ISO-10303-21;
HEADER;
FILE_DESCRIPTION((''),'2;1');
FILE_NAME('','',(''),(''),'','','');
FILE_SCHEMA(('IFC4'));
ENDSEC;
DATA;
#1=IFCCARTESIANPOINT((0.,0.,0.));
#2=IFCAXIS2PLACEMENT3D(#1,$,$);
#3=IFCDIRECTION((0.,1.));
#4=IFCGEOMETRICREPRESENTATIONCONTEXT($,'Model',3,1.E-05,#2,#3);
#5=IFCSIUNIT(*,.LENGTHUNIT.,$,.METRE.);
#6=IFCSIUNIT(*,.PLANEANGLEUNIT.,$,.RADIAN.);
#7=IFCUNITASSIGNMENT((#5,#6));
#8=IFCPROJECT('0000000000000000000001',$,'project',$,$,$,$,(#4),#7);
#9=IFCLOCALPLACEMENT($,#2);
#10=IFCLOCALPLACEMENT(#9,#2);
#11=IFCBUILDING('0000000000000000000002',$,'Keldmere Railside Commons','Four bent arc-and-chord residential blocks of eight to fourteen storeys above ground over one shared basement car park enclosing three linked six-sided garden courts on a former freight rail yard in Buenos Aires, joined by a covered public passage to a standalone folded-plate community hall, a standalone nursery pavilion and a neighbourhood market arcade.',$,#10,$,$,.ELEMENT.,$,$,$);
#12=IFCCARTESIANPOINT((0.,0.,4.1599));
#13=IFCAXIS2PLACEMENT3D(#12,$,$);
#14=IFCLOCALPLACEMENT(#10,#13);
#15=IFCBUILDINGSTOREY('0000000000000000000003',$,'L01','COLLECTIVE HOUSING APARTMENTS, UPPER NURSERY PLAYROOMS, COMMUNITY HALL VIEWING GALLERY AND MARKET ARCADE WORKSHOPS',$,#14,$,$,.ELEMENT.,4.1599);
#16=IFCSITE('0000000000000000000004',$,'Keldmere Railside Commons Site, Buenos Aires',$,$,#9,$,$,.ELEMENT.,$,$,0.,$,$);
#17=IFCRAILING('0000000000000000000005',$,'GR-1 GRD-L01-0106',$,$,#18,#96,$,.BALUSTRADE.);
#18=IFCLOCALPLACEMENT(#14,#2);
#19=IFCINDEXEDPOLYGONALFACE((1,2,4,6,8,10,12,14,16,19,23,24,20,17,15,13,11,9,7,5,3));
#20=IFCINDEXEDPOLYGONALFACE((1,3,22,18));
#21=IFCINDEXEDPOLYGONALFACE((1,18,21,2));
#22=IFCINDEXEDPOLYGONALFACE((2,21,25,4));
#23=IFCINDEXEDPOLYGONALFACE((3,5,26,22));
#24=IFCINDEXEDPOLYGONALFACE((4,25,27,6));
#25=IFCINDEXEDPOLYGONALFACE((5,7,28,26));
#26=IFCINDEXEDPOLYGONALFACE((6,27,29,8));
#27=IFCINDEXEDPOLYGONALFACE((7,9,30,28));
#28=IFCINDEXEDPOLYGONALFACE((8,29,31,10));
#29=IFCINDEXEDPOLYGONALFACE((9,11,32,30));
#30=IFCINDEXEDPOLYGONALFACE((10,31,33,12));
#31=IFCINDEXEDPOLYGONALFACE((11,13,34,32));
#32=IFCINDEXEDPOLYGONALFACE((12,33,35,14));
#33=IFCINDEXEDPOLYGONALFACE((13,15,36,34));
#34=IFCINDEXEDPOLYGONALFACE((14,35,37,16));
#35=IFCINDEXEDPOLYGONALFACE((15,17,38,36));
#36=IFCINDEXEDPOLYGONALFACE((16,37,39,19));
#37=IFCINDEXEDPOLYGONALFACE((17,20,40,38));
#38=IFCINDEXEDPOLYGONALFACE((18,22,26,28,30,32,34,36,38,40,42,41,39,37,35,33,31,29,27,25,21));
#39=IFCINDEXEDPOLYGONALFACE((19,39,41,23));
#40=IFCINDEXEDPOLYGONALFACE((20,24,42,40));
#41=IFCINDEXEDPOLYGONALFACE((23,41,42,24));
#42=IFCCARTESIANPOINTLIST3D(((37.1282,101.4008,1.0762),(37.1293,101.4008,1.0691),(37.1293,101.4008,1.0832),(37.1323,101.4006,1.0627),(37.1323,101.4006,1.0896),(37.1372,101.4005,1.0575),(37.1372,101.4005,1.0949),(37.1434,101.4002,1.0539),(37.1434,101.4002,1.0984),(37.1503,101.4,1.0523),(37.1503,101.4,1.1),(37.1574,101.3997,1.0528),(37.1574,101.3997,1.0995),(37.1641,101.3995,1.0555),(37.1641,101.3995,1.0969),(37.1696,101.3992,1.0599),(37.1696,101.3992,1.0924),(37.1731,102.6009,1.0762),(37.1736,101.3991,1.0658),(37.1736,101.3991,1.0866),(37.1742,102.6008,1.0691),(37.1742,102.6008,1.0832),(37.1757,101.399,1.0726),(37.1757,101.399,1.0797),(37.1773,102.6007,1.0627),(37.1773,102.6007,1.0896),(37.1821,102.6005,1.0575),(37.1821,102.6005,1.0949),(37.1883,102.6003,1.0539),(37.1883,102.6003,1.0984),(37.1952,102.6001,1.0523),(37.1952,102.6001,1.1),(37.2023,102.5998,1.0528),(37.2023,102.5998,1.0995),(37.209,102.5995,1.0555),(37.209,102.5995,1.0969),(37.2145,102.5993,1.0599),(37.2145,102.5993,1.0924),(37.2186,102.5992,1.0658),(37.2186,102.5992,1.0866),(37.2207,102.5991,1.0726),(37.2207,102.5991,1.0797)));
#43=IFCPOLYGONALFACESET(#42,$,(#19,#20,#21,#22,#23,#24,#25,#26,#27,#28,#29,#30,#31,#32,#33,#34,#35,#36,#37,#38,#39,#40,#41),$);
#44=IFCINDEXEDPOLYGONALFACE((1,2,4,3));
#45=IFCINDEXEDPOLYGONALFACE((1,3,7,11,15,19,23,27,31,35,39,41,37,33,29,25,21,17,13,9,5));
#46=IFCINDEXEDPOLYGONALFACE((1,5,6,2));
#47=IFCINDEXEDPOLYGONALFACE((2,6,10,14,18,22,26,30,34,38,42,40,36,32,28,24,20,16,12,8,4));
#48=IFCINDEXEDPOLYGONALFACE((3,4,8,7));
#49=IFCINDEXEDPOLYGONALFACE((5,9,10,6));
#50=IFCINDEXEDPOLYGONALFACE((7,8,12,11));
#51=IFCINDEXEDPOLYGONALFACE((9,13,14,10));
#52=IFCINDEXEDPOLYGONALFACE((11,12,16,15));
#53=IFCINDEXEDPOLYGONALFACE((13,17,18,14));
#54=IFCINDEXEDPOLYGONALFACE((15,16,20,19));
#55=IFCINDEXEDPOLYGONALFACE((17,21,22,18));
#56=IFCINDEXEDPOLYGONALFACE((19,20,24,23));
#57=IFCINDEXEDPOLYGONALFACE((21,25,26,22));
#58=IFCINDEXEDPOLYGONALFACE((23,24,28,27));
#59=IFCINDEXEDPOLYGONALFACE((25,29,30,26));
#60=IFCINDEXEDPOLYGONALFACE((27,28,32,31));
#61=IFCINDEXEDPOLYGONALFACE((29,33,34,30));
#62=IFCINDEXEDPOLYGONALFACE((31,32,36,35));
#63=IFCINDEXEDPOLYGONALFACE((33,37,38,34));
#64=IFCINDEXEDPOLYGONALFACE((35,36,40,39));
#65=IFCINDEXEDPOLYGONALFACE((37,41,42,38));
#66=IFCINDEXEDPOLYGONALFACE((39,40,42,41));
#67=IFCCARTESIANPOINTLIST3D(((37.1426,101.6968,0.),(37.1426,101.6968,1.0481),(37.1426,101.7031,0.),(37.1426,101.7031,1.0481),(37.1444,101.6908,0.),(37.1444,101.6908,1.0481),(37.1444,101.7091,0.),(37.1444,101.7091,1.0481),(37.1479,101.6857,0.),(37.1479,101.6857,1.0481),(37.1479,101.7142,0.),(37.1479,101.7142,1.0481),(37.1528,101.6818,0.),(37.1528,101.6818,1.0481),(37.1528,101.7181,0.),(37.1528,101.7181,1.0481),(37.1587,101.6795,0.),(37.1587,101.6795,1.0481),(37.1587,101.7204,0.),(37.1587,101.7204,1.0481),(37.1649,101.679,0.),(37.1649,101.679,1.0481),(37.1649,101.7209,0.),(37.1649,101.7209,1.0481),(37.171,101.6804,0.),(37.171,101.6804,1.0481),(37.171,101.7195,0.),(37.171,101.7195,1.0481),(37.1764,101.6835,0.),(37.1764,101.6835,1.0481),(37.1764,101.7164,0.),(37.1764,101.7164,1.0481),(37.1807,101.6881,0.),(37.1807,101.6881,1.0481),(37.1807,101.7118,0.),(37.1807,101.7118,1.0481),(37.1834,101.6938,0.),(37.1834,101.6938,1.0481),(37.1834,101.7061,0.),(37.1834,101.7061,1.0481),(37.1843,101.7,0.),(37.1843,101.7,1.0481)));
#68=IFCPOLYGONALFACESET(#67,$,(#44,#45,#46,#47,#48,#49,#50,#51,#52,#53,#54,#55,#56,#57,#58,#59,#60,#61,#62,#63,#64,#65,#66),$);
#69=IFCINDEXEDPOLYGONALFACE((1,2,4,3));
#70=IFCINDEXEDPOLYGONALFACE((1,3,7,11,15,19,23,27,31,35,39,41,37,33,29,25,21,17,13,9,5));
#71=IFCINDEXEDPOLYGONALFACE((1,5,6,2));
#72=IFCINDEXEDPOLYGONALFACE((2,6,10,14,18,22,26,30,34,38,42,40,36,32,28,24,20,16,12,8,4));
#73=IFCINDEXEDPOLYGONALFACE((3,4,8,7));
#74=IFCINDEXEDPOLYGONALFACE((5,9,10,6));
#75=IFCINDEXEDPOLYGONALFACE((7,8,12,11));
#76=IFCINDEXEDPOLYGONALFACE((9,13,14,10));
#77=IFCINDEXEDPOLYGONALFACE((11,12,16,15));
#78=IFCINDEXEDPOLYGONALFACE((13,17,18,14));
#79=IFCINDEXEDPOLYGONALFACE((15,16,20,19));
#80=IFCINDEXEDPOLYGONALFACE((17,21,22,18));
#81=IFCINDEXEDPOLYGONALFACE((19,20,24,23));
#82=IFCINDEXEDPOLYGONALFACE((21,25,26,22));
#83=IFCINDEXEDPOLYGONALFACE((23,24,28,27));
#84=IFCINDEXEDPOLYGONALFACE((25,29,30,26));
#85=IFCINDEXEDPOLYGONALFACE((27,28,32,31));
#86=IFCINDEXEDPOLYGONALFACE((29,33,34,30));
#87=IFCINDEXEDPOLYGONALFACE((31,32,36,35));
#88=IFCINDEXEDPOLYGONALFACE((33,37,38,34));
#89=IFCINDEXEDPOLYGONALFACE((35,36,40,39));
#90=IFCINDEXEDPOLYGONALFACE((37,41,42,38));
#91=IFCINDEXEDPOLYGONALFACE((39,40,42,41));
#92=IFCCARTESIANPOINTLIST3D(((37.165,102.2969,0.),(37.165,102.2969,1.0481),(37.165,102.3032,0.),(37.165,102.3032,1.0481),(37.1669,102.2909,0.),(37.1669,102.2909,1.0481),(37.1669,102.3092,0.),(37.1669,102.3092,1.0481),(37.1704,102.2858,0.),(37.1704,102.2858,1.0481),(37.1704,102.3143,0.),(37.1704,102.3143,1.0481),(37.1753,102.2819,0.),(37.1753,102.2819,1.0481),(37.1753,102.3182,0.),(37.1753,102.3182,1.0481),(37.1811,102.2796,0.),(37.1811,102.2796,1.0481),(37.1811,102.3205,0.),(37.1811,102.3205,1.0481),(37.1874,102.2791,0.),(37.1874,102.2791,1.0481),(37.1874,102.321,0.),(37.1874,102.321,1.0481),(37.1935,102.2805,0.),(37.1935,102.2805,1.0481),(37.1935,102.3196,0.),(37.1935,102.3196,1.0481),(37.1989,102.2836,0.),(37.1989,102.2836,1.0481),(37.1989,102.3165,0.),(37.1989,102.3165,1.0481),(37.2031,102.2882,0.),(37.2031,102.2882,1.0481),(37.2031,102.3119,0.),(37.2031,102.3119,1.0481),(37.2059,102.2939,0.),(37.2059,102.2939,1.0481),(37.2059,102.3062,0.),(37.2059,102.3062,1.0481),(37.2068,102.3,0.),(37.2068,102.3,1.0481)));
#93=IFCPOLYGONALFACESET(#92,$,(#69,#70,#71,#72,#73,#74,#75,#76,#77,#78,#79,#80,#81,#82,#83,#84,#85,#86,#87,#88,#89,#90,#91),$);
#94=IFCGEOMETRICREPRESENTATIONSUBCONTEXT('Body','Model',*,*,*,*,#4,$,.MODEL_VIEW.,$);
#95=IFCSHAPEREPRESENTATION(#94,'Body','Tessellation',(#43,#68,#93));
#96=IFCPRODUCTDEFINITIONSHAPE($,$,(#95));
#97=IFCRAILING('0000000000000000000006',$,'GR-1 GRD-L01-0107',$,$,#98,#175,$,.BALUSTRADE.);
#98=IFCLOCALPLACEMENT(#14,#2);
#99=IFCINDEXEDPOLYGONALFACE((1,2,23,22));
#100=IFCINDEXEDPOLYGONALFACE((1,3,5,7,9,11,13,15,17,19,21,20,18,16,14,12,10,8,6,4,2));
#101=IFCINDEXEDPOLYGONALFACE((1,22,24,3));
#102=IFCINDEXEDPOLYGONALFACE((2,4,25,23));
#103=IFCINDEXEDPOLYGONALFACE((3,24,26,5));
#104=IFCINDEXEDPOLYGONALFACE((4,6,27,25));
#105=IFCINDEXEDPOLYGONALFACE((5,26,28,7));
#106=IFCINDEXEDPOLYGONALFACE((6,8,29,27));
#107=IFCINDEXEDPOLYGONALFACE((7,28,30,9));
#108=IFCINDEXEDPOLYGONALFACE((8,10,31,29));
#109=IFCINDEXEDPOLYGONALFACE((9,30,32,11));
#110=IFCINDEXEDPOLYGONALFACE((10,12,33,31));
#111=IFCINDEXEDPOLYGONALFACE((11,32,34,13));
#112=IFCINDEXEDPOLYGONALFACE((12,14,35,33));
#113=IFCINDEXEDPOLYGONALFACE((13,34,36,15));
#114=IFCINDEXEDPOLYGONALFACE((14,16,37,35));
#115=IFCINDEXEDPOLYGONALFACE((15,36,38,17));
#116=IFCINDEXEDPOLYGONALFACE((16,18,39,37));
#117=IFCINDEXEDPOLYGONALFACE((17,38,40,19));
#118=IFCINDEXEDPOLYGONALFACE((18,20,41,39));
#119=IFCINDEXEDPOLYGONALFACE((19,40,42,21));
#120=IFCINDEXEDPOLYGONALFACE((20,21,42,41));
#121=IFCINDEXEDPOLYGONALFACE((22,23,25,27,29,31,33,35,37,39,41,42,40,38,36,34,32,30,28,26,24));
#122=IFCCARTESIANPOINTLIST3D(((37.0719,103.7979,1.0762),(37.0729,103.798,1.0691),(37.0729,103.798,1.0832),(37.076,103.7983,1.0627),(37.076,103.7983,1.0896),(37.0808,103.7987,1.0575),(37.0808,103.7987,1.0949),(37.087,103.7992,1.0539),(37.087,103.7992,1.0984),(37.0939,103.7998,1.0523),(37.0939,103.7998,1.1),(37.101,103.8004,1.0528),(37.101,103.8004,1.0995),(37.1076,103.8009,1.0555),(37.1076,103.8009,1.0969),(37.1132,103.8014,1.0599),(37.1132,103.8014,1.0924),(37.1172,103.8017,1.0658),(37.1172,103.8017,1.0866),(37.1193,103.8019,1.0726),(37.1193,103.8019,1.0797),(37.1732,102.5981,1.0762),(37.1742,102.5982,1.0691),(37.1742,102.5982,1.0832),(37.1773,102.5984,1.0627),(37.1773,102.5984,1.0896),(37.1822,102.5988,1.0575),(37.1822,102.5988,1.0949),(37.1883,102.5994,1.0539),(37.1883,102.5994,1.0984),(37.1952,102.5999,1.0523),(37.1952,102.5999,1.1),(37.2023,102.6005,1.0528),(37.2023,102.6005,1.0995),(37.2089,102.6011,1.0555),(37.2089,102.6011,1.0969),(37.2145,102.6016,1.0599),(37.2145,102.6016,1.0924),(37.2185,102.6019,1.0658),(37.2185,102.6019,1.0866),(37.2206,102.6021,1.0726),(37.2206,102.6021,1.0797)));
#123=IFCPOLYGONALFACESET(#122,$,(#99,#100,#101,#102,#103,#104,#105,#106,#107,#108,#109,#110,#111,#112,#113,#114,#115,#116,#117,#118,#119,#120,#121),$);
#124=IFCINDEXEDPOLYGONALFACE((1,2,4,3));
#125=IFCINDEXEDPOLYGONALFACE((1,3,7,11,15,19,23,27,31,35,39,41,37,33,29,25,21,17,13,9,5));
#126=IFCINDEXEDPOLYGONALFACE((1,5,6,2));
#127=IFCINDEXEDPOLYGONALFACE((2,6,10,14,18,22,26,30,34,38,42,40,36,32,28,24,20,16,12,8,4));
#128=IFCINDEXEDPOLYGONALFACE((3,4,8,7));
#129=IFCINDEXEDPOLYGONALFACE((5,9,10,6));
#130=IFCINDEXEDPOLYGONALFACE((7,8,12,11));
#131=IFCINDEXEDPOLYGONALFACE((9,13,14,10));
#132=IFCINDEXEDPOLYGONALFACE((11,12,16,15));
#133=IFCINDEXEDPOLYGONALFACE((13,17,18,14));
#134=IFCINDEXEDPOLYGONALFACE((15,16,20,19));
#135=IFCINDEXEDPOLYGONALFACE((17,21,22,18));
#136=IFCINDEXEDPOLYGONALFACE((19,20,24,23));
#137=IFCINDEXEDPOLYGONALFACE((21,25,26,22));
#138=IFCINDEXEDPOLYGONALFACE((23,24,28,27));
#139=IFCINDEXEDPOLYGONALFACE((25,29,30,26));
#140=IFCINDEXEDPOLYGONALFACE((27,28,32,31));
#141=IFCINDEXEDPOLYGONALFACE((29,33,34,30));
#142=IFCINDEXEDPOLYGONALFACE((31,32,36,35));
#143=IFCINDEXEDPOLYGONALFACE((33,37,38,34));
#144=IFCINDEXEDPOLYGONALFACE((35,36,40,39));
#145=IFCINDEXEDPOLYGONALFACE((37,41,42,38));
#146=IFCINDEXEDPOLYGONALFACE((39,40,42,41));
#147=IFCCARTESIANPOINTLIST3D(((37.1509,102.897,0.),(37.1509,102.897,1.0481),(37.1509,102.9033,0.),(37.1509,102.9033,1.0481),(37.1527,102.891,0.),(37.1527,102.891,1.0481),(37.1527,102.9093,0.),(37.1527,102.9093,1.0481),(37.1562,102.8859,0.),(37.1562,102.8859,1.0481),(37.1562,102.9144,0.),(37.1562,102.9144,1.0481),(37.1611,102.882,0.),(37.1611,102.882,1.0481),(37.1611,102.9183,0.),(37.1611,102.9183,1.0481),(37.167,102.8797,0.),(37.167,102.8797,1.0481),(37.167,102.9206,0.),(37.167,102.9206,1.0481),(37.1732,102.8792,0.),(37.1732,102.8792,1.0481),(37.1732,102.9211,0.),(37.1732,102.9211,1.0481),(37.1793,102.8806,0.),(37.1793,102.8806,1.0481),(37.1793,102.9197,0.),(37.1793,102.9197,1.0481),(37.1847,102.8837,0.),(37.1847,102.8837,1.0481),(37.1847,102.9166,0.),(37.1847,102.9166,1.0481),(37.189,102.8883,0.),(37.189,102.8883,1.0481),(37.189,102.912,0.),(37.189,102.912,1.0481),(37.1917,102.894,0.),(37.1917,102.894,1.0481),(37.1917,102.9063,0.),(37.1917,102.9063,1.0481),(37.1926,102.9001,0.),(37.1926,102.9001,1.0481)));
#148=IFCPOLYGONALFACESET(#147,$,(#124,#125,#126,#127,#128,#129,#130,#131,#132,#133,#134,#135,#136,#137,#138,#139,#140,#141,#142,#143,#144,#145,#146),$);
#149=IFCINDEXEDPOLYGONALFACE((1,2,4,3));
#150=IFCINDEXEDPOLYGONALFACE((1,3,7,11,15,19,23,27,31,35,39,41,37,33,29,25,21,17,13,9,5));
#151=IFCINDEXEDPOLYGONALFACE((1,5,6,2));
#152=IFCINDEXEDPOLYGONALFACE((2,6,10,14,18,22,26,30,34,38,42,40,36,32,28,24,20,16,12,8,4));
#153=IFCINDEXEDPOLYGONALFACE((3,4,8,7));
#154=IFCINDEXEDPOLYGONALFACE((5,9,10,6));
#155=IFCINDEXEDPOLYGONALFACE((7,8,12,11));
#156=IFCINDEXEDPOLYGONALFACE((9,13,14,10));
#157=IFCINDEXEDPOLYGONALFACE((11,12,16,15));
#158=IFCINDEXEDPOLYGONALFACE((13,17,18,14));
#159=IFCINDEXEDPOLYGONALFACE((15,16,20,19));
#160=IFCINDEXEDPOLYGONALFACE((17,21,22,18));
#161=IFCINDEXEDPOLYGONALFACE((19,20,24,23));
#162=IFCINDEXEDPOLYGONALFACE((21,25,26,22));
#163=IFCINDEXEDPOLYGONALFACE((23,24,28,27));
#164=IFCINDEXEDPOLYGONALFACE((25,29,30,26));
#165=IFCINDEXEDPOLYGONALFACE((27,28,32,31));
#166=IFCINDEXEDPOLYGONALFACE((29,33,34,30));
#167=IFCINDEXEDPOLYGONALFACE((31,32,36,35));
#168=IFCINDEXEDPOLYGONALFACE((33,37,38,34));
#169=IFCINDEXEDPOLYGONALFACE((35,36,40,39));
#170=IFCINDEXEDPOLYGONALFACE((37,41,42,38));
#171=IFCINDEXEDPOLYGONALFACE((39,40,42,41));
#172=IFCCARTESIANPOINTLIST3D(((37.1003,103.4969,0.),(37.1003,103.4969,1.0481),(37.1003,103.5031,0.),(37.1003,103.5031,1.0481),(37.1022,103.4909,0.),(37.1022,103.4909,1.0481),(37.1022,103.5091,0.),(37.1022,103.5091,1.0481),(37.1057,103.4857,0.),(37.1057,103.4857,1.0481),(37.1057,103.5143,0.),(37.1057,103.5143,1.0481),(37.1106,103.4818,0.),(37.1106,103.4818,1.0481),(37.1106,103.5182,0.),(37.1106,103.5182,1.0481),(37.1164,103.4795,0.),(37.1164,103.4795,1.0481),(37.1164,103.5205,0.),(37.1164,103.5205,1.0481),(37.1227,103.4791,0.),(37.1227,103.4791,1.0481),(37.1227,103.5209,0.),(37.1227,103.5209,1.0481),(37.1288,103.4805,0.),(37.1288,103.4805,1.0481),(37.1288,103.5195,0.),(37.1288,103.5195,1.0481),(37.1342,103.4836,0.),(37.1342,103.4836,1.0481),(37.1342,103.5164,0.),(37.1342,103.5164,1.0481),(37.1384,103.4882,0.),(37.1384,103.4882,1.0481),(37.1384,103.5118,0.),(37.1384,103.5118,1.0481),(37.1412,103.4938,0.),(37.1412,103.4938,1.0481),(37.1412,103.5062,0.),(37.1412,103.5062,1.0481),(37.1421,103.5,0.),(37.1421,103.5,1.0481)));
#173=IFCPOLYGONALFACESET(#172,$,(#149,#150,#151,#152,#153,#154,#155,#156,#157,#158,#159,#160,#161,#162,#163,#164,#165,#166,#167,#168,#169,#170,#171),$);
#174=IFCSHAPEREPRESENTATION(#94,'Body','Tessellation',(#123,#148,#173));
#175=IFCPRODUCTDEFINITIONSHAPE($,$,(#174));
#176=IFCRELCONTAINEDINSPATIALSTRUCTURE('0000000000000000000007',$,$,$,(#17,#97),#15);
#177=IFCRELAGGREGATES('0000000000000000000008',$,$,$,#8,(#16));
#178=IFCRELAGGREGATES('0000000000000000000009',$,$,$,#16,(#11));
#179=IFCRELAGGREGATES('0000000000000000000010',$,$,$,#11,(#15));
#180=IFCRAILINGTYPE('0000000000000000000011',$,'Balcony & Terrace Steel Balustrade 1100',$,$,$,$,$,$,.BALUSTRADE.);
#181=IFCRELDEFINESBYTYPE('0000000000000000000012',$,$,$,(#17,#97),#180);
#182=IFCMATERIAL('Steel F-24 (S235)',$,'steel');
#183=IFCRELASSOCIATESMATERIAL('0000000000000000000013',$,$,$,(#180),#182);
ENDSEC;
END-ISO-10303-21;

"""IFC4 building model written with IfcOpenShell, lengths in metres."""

from ifc_helpers import new_model, si_unit, direction, frame, origin, origin_2d, place, context, subcontext, project, spatial, circle, extrude, material, type_object, element, save


model = new_model("IFC4")

# Units and contexts
model_context = context("Model", 3, precision=1e-05, world=origin(), true_north=direction((0.0, 1.0)))
body_context = subcontext(model_context, "Body", "Model", "MODEL_VIEW")
ifc_project = project(units=[si_unit("LENGTHUNIT", "METRE"), si_unit("PLANEANGLEUNIT", "RADIAN")], contexts=[model_context])

# Site, building, storey
site_placement = place(None, origin())
site = spatial("IfcSite", under=ifc_project, at=site_placement, Name="Keldmere Railside Commons Site, Buenos Aires", CompositionType="ELEMENT", RefElevation=0.0)
building_placement = place(site_placement, origin())
building = spatial("IfcBuilding", under=site, at=building_placement, Name="Keldmere Railside Commons", Description="Four bent arc-and-chord residential blocks of eight to fourteen storeys above ground over one shared basement car park enclosing three linked six-sided garden courts on a former freight rail yard in Buenos Aires, joined by a covered public passage to a standalone folded-plate community hall, a standalone nursery pavilion and a neighbourhood market arcade.", CompositionType="ELEMENT")
storey_placement = place(building_placement, frame((0.0, 0.0, 4.1599)))
storey = spatial("IfcBuildingStorey", under=building, at=storey_placement, Name="L01", Description="COLLECTIVE HOUSING APARTMENTS, UPPER NURSERY PLAYROOMS, COMMUNITY HALL VIEWING GALLERY AND MARKET ARCADE WORKSHOPS", CompositionType="ELEMENT", Elevation=4.1599)

# Railings
ifc_material_1 = material(Name="Steel F-24 (S235)", Category="steel")
railing_type = type_object("IfcRailingType", Name="Balcony & Terrace Steel Balustrade 1100", PredefinedType="BALUSTRADE", material=ifc_material_1)
railing_1_placement = place(storey_placement, frame((37.1521, 101.3999, 0.0)))
element("IfcRailing", 1, at=railing_1_placement, inside=storey, type_object=railing_type, Name="GR-1 GRD-L01-0106", PredefinedType="BALUSTRADE", context=body_context, shape_type="SweptSolid", body=[
    extrude(circle(Radius=0.0239, at=origin_2d()), frame((0.0, 0.0, 1.0762), z_axis=(0.037403, 0.9993, 0.0), x_axis=(-0.9993, 0.037403, 0.0)), (0.0, 0.0, 1.0), 1.2009),
    extrude(circle(Radius=0.021, at=origin_2d()), frame((0.0112, 0.3, 0.0)), (0.0, 0.0, 1.0), 1.0481),
    extrude(circle(Radius=0.021, at=origin_2d()), frame((0.0337, 0.9001, 0.0)), (0.0, 0.0, 1.0), 1.0481),
])
railing_2_placement = place(storey_placement, frame((37.197, 102.6001, 0.0)))
element("IfcRailing", 2, at=railing_2_placement, inside=storey, type_object=railing_type, Name="GR-1 GRD-L01-0107", PredefinedType="BALUSTRADE", context=body_context, shape_type="SweptSolid", body=[
    extrude(circle(Radius=0.0239, at=origin_2d()), frame((0.0, 0.0, 1.0762), z_axis=(-0.084136, 0.996454, 0.0), x_axis=(-0.996454, -0.084136, 0.0)), (0.0, 0.0, 1.0), 1.2041),
    extrude(circle(Radius=0.021, at=origin_2d()), frame((-0.0254, 0.3, 0.0)), (0.0, 0.0, 1.0), 1.0481),
    extrude(circle(Radius=0.021, at=origin_2d()), frame((-0.0759, 0.8999, 0.0)), (0.0, 0.0, 1.0), 1.0481),
])

save(model, "model.ifc")
